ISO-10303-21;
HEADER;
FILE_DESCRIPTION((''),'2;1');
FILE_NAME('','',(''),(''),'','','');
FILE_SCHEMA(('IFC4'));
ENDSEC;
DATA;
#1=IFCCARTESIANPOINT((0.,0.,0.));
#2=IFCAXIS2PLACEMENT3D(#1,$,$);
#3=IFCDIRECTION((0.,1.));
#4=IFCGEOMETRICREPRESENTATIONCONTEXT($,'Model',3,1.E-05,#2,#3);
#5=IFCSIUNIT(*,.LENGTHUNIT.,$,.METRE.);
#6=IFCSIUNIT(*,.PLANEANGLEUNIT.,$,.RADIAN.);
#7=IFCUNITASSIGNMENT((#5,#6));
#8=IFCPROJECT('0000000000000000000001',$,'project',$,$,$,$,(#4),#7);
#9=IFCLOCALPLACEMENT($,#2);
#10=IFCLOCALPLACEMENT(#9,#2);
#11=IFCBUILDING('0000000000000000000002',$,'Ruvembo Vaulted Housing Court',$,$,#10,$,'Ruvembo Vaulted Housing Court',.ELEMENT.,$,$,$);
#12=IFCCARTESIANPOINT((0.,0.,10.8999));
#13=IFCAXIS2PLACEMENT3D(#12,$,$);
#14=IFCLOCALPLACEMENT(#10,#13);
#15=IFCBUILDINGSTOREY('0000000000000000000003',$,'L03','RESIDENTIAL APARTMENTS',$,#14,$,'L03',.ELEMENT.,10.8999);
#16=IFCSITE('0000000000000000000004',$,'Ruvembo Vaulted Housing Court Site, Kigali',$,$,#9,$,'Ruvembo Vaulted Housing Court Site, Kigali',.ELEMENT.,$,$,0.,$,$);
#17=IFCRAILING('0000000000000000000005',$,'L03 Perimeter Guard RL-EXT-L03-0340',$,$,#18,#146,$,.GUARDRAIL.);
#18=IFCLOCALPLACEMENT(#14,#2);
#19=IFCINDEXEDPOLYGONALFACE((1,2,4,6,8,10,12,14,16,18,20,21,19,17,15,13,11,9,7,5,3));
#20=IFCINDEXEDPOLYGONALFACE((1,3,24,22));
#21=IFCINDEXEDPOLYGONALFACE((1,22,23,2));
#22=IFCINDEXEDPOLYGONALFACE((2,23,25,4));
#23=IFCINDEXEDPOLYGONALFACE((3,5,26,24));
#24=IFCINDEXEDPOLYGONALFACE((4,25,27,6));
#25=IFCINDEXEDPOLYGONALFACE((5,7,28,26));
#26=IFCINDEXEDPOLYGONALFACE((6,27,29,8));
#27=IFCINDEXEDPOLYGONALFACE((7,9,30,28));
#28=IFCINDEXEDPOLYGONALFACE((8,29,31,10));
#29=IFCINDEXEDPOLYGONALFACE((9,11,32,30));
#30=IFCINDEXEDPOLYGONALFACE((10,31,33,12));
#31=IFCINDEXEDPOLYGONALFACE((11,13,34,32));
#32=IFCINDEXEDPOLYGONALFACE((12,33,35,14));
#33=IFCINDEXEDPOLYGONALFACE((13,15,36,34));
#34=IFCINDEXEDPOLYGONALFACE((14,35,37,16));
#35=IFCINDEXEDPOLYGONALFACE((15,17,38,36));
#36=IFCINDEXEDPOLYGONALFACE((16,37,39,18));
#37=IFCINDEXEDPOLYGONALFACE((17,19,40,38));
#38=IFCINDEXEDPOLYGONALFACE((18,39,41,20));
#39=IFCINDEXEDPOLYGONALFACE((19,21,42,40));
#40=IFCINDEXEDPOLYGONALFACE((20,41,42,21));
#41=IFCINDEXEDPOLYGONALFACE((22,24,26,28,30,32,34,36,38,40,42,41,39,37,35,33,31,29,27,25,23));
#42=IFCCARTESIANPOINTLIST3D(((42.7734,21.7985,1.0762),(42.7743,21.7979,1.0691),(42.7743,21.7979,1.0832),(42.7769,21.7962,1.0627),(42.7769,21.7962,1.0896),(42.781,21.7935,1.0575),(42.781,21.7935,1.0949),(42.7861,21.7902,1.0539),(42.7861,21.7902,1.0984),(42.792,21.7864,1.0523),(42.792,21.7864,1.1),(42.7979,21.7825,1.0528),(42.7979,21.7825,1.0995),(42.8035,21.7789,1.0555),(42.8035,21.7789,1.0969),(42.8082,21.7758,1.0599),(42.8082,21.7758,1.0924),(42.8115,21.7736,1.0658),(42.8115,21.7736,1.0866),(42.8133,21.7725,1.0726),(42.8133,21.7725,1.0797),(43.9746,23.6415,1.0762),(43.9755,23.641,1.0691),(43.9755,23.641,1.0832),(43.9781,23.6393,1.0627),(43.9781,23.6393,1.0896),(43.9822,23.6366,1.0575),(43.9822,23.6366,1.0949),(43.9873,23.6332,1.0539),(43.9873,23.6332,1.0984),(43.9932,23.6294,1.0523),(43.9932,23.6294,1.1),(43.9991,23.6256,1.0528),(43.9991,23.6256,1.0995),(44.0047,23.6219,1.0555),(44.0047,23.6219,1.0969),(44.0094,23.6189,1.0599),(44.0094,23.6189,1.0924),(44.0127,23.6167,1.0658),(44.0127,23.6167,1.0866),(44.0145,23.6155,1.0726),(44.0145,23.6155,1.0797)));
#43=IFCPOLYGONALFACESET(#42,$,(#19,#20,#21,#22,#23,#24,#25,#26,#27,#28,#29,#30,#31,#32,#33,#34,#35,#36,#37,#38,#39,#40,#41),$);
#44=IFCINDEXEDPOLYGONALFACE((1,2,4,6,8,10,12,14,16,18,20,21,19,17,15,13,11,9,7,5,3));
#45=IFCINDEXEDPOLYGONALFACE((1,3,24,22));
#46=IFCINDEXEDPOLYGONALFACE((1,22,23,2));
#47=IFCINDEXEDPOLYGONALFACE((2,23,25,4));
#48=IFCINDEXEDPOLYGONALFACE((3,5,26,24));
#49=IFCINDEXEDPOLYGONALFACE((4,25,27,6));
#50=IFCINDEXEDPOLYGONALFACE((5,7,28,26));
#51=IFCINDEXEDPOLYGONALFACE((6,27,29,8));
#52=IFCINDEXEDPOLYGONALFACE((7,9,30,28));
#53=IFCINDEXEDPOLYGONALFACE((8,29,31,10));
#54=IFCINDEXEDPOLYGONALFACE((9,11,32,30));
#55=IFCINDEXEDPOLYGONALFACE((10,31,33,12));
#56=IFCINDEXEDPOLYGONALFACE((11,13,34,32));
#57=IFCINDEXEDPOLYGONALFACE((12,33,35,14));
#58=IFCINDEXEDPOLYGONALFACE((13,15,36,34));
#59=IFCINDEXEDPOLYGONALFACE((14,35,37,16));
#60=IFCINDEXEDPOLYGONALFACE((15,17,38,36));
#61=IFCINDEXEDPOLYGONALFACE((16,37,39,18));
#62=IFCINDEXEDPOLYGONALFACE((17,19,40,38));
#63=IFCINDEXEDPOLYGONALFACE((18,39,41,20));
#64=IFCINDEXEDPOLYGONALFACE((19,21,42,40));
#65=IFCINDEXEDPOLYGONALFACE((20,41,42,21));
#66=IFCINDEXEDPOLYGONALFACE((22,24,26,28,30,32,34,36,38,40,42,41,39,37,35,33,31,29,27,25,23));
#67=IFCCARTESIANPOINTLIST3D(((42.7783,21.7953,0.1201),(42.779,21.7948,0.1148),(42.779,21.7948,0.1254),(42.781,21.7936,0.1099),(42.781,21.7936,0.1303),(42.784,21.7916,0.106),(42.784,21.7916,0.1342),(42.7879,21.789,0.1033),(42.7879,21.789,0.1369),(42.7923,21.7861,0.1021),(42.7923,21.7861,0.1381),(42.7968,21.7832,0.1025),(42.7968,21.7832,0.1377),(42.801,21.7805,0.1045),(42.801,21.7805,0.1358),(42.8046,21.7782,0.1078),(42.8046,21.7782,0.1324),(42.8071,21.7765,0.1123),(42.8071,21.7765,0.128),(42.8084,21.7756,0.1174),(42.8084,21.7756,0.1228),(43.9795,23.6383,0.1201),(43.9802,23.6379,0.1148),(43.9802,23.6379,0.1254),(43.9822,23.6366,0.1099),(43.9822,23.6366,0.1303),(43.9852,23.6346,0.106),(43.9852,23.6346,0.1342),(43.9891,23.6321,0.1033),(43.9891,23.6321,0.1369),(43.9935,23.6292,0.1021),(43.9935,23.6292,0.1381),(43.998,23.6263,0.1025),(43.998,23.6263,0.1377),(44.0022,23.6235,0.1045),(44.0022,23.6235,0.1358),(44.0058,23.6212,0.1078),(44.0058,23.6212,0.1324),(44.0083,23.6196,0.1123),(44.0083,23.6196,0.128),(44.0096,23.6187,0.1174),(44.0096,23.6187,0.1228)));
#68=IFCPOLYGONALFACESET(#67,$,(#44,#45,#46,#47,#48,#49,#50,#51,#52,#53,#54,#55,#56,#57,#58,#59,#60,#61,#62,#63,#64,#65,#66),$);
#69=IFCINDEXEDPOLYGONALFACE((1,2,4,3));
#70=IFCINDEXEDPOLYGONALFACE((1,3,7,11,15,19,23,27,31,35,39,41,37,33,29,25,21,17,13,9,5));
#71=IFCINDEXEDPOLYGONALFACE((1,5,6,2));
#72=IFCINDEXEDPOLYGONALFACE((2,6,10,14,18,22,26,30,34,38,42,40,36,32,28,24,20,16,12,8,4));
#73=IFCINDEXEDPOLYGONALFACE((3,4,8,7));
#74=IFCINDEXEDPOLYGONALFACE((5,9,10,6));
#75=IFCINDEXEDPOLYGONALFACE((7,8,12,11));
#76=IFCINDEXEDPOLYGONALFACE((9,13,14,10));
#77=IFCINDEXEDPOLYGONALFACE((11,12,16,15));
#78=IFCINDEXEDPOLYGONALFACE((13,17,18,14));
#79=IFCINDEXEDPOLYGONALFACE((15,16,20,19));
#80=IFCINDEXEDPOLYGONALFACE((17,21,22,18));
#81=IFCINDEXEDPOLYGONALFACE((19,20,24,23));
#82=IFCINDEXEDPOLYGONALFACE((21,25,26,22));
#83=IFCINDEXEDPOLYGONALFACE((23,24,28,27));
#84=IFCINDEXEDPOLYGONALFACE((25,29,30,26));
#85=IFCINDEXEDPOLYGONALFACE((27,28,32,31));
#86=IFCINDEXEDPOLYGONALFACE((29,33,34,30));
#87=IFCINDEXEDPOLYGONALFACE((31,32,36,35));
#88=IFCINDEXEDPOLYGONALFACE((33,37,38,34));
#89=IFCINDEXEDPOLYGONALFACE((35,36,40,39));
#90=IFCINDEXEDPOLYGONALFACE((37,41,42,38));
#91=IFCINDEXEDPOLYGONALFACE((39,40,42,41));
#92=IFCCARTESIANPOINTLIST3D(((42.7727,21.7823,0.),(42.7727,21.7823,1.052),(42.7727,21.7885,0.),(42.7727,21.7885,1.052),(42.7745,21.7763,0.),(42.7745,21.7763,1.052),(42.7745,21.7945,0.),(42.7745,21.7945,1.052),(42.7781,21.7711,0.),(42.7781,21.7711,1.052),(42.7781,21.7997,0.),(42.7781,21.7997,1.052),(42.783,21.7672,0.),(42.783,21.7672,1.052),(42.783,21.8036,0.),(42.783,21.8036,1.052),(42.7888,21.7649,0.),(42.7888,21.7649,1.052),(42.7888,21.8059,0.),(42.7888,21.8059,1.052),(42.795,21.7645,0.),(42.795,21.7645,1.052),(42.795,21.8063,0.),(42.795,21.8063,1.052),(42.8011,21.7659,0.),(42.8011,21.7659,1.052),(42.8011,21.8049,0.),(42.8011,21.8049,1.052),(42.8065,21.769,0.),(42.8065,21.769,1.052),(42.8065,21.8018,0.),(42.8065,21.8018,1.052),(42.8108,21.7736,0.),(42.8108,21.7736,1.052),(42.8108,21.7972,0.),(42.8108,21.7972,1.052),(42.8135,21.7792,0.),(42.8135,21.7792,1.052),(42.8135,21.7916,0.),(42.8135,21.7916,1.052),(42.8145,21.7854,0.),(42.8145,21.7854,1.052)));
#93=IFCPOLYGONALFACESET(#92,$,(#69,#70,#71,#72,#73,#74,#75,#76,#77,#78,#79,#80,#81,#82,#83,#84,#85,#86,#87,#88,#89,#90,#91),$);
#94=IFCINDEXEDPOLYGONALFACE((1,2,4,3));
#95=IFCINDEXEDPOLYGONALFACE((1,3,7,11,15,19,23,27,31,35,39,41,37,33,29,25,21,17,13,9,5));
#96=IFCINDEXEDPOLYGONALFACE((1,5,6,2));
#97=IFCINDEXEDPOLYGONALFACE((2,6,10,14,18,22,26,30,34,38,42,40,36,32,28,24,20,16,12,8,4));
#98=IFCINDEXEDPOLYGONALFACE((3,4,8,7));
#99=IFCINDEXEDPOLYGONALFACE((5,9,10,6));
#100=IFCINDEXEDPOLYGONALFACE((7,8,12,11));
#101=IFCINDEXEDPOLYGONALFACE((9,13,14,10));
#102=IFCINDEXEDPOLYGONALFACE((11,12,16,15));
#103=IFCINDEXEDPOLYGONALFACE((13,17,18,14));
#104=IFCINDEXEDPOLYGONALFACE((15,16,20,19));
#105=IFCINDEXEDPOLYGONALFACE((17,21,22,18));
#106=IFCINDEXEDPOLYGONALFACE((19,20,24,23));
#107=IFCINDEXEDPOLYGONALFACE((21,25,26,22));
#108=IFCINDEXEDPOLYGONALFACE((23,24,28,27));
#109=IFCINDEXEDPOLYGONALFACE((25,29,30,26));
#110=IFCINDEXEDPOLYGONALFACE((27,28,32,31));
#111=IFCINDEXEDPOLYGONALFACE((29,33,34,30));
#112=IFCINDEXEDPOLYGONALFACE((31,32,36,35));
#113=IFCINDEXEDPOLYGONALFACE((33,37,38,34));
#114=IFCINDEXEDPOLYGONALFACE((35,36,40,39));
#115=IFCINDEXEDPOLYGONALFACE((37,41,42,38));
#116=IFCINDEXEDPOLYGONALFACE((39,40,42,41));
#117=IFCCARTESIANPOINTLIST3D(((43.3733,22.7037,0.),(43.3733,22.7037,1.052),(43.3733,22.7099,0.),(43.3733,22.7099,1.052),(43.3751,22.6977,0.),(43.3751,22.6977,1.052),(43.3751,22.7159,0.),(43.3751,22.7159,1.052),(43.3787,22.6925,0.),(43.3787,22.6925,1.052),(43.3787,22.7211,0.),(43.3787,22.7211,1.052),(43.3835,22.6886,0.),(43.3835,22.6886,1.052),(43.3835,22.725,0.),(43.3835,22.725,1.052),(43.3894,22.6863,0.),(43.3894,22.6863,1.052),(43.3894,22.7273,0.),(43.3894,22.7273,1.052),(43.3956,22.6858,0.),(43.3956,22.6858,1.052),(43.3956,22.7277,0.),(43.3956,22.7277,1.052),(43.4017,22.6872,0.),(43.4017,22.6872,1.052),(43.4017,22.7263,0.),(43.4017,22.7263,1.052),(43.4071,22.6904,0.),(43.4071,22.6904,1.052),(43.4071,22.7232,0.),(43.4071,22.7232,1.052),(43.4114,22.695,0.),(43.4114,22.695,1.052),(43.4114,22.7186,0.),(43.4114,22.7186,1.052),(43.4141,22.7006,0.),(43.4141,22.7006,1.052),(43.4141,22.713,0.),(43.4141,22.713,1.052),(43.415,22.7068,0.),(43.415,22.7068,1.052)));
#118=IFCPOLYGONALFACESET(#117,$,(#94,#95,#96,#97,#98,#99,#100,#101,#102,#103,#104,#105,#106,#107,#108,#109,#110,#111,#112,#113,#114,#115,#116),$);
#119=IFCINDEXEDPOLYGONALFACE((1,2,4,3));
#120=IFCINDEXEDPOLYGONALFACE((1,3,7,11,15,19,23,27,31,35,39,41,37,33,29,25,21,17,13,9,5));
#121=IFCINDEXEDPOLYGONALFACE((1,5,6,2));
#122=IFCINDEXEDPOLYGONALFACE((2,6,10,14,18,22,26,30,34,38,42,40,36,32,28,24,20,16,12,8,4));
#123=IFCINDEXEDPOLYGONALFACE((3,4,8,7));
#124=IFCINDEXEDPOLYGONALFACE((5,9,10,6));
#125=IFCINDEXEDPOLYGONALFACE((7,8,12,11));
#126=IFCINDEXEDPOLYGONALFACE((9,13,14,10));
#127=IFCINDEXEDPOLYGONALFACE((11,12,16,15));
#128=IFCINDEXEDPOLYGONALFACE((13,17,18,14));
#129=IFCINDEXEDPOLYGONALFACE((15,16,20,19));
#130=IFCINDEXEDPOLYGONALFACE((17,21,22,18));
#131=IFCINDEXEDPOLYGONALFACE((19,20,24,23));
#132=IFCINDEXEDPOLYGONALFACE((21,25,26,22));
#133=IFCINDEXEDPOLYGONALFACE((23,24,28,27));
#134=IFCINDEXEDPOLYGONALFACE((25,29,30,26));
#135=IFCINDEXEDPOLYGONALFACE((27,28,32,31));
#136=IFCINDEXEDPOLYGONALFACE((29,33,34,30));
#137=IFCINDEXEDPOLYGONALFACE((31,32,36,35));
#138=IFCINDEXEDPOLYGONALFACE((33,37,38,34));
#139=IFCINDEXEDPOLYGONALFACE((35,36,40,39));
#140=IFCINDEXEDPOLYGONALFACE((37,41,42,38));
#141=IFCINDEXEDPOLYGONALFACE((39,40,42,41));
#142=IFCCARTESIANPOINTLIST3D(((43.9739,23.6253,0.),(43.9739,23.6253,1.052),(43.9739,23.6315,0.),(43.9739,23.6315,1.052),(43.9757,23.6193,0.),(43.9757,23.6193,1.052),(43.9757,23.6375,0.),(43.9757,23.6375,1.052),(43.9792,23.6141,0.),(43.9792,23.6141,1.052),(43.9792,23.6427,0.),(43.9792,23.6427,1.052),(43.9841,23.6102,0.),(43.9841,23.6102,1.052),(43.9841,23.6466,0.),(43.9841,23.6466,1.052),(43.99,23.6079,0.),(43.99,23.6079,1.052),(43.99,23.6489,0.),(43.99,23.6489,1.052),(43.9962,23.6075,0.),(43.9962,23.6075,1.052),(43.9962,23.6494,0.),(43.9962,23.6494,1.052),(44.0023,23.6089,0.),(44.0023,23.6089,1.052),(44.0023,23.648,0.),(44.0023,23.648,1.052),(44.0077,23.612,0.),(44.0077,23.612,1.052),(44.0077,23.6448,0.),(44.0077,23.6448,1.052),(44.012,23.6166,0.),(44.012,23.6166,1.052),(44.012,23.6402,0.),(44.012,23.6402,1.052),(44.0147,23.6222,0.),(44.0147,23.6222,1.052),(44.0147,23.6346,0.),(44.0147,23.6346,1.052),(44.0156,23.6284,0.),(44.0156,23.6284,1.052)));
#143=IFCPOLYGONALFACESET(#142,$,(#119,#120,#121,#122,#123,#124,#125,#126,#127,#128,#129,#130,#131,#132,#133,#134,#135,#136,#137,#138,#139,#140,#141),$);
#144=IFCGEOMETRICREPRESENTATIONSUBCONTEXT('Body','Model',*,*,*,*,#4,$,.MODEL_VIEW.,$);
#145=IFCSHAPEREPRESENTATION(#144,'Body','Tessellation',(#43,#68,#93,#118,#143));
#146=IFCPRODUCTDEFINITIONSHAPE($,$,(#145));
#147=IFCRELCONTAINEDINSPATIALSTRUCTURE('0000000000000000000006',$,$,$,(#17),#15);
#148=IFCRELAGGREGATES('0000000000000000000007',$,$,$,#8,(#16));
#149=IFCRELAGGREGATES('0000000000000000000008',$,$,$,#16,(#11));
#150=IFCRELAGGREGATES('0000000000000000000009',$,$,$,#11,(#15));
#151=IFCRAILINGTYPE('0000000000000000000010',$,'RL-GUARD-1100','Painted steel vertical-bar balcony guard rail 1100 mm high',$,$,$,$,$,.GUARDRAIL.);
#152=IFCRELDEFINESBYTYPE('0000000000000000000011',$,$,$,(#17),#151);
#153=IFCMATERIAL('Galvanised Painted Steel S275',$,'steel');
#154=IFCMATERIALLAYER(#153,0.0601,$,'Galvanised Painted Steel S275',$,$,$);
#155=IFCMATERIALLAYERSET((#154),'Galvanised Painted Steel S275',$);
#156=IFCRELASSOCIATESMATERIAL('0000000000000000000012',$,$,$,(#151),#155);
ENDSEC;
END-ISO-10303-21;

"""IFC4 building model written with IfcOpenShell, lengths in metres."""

from ifc_helpers import new_model, si_unit, direction, frame, origin, origin_2d, place, context, subcontext, project, spatial, circle, extrude, material, layer, layer_set, type_object, element, save


model = new_model("IFC4")

# Units and contexts
model_context = context("Model", 3, precision=1e-05, world=origin(), true_north=direction((0.0, 1.0)))
body_context = subcontext(model_context, "Body", "Model", "MODEL_VIEW")
ifc_project = project(units=[si_unit("LENGTHUNIT", "METRE"), si_unit("PLANEANGLEUNIT", "RADIAN")], contexts=[model_context])

# Site, building, storey
site_placement = place(None, origin())
site = spatial("IfcSite", under=ifc_project, at=site_placement, Name="Ruvembo Vaulted Housing Court Site, Kigali", LongName="Ruvembo Vaulted Housing Court Site, Kigali", CompositionType="ELEMENT", RefElevation=0.0)
building_placement = place(site_placement, origin())
building = spatial("IfcBuilding", under=site, at=building_placement, Name="Ruvembo Vaulted Housing Court", LongName="Ruvembo Vaulted Housing Court", CompositionType="ELEMENT")
storey_placement = place(building_placement, frame((0.0, 0.0, 10.8999)))
storey = spatial("IfcBuildingStorey", under=building, at=storey_placement, Name="L03", Description="RESIDENTIAL APARTMENTS", LongName="L03", CompositionType="ELEMENT", Elevation=10.8999)

# Railing
ifc_material_1 = material(Name="Galvanised Painted Steel S275", Category="steel")
ifc_layer_1 = layer(ifc_material_1, 0.0601, Name="Galvanised Painted Steel S275")
ifc_layer_set_1 = layer_set([ifc_layer_1], Name="Galvanised Painted Steel S275")
railing_type = type_object("IfcRailingType", Name="RL-GUARD-1100", Description="Painted steel vertical-bar balcony guard rail 1100 mm high", PredefinedType="GUARDRAIL", material=ifc_layer_set_1)
railing_1_placement = place(storey_placement, frame((42.7935, 21.7854, 0.0)))
element("IfcRailing", 1, at=railing_1_placement, inside=storey, type_object=railing_type, Name="L03 Perimeter Guard RL-EXT-L03-0340", PredefinedType="GUARDRAIL", context=body_context, shape_type="SweptSolid", body=[
    extrude(circle(Radius=0.0239, at=origin_2d()), frame((0.0, 0.0, 1.0762), z_axis=(0.546014, 0.837776, 0.0), x_axis=(-0.837776, 0.546014, 0.0)), (0.0, 0.0, 1.0), 2.2),
    extrude(circle(Radius=0.0181, at=origin_2d()), frame((0.0, 0.0, 0.1201), z_axis=(0.546014, 0.837776, 0.0), x_axis=(-0.837776, 0.546014, 0.0)), (0.0, 0.0, 1.0), 2.2),
    extrude(circle(Radius=0.021, at=origin_2d()), origin(), (0.0, 0.0, 1.0), 1.052),
    extrude(circle(Radius=0.021, at=origin_2d()), frame((0.6006, 0.9214, 0.0)), (0.0, 0.0, 1.0), 1.052),
    extrude(circle(Radius=0.021, at=origin_2d()), frame((1.2012, 1.843, 0.0)), (0.0, 0.0, 1.0), 1.052),
])

save(model, "model.ifc")
